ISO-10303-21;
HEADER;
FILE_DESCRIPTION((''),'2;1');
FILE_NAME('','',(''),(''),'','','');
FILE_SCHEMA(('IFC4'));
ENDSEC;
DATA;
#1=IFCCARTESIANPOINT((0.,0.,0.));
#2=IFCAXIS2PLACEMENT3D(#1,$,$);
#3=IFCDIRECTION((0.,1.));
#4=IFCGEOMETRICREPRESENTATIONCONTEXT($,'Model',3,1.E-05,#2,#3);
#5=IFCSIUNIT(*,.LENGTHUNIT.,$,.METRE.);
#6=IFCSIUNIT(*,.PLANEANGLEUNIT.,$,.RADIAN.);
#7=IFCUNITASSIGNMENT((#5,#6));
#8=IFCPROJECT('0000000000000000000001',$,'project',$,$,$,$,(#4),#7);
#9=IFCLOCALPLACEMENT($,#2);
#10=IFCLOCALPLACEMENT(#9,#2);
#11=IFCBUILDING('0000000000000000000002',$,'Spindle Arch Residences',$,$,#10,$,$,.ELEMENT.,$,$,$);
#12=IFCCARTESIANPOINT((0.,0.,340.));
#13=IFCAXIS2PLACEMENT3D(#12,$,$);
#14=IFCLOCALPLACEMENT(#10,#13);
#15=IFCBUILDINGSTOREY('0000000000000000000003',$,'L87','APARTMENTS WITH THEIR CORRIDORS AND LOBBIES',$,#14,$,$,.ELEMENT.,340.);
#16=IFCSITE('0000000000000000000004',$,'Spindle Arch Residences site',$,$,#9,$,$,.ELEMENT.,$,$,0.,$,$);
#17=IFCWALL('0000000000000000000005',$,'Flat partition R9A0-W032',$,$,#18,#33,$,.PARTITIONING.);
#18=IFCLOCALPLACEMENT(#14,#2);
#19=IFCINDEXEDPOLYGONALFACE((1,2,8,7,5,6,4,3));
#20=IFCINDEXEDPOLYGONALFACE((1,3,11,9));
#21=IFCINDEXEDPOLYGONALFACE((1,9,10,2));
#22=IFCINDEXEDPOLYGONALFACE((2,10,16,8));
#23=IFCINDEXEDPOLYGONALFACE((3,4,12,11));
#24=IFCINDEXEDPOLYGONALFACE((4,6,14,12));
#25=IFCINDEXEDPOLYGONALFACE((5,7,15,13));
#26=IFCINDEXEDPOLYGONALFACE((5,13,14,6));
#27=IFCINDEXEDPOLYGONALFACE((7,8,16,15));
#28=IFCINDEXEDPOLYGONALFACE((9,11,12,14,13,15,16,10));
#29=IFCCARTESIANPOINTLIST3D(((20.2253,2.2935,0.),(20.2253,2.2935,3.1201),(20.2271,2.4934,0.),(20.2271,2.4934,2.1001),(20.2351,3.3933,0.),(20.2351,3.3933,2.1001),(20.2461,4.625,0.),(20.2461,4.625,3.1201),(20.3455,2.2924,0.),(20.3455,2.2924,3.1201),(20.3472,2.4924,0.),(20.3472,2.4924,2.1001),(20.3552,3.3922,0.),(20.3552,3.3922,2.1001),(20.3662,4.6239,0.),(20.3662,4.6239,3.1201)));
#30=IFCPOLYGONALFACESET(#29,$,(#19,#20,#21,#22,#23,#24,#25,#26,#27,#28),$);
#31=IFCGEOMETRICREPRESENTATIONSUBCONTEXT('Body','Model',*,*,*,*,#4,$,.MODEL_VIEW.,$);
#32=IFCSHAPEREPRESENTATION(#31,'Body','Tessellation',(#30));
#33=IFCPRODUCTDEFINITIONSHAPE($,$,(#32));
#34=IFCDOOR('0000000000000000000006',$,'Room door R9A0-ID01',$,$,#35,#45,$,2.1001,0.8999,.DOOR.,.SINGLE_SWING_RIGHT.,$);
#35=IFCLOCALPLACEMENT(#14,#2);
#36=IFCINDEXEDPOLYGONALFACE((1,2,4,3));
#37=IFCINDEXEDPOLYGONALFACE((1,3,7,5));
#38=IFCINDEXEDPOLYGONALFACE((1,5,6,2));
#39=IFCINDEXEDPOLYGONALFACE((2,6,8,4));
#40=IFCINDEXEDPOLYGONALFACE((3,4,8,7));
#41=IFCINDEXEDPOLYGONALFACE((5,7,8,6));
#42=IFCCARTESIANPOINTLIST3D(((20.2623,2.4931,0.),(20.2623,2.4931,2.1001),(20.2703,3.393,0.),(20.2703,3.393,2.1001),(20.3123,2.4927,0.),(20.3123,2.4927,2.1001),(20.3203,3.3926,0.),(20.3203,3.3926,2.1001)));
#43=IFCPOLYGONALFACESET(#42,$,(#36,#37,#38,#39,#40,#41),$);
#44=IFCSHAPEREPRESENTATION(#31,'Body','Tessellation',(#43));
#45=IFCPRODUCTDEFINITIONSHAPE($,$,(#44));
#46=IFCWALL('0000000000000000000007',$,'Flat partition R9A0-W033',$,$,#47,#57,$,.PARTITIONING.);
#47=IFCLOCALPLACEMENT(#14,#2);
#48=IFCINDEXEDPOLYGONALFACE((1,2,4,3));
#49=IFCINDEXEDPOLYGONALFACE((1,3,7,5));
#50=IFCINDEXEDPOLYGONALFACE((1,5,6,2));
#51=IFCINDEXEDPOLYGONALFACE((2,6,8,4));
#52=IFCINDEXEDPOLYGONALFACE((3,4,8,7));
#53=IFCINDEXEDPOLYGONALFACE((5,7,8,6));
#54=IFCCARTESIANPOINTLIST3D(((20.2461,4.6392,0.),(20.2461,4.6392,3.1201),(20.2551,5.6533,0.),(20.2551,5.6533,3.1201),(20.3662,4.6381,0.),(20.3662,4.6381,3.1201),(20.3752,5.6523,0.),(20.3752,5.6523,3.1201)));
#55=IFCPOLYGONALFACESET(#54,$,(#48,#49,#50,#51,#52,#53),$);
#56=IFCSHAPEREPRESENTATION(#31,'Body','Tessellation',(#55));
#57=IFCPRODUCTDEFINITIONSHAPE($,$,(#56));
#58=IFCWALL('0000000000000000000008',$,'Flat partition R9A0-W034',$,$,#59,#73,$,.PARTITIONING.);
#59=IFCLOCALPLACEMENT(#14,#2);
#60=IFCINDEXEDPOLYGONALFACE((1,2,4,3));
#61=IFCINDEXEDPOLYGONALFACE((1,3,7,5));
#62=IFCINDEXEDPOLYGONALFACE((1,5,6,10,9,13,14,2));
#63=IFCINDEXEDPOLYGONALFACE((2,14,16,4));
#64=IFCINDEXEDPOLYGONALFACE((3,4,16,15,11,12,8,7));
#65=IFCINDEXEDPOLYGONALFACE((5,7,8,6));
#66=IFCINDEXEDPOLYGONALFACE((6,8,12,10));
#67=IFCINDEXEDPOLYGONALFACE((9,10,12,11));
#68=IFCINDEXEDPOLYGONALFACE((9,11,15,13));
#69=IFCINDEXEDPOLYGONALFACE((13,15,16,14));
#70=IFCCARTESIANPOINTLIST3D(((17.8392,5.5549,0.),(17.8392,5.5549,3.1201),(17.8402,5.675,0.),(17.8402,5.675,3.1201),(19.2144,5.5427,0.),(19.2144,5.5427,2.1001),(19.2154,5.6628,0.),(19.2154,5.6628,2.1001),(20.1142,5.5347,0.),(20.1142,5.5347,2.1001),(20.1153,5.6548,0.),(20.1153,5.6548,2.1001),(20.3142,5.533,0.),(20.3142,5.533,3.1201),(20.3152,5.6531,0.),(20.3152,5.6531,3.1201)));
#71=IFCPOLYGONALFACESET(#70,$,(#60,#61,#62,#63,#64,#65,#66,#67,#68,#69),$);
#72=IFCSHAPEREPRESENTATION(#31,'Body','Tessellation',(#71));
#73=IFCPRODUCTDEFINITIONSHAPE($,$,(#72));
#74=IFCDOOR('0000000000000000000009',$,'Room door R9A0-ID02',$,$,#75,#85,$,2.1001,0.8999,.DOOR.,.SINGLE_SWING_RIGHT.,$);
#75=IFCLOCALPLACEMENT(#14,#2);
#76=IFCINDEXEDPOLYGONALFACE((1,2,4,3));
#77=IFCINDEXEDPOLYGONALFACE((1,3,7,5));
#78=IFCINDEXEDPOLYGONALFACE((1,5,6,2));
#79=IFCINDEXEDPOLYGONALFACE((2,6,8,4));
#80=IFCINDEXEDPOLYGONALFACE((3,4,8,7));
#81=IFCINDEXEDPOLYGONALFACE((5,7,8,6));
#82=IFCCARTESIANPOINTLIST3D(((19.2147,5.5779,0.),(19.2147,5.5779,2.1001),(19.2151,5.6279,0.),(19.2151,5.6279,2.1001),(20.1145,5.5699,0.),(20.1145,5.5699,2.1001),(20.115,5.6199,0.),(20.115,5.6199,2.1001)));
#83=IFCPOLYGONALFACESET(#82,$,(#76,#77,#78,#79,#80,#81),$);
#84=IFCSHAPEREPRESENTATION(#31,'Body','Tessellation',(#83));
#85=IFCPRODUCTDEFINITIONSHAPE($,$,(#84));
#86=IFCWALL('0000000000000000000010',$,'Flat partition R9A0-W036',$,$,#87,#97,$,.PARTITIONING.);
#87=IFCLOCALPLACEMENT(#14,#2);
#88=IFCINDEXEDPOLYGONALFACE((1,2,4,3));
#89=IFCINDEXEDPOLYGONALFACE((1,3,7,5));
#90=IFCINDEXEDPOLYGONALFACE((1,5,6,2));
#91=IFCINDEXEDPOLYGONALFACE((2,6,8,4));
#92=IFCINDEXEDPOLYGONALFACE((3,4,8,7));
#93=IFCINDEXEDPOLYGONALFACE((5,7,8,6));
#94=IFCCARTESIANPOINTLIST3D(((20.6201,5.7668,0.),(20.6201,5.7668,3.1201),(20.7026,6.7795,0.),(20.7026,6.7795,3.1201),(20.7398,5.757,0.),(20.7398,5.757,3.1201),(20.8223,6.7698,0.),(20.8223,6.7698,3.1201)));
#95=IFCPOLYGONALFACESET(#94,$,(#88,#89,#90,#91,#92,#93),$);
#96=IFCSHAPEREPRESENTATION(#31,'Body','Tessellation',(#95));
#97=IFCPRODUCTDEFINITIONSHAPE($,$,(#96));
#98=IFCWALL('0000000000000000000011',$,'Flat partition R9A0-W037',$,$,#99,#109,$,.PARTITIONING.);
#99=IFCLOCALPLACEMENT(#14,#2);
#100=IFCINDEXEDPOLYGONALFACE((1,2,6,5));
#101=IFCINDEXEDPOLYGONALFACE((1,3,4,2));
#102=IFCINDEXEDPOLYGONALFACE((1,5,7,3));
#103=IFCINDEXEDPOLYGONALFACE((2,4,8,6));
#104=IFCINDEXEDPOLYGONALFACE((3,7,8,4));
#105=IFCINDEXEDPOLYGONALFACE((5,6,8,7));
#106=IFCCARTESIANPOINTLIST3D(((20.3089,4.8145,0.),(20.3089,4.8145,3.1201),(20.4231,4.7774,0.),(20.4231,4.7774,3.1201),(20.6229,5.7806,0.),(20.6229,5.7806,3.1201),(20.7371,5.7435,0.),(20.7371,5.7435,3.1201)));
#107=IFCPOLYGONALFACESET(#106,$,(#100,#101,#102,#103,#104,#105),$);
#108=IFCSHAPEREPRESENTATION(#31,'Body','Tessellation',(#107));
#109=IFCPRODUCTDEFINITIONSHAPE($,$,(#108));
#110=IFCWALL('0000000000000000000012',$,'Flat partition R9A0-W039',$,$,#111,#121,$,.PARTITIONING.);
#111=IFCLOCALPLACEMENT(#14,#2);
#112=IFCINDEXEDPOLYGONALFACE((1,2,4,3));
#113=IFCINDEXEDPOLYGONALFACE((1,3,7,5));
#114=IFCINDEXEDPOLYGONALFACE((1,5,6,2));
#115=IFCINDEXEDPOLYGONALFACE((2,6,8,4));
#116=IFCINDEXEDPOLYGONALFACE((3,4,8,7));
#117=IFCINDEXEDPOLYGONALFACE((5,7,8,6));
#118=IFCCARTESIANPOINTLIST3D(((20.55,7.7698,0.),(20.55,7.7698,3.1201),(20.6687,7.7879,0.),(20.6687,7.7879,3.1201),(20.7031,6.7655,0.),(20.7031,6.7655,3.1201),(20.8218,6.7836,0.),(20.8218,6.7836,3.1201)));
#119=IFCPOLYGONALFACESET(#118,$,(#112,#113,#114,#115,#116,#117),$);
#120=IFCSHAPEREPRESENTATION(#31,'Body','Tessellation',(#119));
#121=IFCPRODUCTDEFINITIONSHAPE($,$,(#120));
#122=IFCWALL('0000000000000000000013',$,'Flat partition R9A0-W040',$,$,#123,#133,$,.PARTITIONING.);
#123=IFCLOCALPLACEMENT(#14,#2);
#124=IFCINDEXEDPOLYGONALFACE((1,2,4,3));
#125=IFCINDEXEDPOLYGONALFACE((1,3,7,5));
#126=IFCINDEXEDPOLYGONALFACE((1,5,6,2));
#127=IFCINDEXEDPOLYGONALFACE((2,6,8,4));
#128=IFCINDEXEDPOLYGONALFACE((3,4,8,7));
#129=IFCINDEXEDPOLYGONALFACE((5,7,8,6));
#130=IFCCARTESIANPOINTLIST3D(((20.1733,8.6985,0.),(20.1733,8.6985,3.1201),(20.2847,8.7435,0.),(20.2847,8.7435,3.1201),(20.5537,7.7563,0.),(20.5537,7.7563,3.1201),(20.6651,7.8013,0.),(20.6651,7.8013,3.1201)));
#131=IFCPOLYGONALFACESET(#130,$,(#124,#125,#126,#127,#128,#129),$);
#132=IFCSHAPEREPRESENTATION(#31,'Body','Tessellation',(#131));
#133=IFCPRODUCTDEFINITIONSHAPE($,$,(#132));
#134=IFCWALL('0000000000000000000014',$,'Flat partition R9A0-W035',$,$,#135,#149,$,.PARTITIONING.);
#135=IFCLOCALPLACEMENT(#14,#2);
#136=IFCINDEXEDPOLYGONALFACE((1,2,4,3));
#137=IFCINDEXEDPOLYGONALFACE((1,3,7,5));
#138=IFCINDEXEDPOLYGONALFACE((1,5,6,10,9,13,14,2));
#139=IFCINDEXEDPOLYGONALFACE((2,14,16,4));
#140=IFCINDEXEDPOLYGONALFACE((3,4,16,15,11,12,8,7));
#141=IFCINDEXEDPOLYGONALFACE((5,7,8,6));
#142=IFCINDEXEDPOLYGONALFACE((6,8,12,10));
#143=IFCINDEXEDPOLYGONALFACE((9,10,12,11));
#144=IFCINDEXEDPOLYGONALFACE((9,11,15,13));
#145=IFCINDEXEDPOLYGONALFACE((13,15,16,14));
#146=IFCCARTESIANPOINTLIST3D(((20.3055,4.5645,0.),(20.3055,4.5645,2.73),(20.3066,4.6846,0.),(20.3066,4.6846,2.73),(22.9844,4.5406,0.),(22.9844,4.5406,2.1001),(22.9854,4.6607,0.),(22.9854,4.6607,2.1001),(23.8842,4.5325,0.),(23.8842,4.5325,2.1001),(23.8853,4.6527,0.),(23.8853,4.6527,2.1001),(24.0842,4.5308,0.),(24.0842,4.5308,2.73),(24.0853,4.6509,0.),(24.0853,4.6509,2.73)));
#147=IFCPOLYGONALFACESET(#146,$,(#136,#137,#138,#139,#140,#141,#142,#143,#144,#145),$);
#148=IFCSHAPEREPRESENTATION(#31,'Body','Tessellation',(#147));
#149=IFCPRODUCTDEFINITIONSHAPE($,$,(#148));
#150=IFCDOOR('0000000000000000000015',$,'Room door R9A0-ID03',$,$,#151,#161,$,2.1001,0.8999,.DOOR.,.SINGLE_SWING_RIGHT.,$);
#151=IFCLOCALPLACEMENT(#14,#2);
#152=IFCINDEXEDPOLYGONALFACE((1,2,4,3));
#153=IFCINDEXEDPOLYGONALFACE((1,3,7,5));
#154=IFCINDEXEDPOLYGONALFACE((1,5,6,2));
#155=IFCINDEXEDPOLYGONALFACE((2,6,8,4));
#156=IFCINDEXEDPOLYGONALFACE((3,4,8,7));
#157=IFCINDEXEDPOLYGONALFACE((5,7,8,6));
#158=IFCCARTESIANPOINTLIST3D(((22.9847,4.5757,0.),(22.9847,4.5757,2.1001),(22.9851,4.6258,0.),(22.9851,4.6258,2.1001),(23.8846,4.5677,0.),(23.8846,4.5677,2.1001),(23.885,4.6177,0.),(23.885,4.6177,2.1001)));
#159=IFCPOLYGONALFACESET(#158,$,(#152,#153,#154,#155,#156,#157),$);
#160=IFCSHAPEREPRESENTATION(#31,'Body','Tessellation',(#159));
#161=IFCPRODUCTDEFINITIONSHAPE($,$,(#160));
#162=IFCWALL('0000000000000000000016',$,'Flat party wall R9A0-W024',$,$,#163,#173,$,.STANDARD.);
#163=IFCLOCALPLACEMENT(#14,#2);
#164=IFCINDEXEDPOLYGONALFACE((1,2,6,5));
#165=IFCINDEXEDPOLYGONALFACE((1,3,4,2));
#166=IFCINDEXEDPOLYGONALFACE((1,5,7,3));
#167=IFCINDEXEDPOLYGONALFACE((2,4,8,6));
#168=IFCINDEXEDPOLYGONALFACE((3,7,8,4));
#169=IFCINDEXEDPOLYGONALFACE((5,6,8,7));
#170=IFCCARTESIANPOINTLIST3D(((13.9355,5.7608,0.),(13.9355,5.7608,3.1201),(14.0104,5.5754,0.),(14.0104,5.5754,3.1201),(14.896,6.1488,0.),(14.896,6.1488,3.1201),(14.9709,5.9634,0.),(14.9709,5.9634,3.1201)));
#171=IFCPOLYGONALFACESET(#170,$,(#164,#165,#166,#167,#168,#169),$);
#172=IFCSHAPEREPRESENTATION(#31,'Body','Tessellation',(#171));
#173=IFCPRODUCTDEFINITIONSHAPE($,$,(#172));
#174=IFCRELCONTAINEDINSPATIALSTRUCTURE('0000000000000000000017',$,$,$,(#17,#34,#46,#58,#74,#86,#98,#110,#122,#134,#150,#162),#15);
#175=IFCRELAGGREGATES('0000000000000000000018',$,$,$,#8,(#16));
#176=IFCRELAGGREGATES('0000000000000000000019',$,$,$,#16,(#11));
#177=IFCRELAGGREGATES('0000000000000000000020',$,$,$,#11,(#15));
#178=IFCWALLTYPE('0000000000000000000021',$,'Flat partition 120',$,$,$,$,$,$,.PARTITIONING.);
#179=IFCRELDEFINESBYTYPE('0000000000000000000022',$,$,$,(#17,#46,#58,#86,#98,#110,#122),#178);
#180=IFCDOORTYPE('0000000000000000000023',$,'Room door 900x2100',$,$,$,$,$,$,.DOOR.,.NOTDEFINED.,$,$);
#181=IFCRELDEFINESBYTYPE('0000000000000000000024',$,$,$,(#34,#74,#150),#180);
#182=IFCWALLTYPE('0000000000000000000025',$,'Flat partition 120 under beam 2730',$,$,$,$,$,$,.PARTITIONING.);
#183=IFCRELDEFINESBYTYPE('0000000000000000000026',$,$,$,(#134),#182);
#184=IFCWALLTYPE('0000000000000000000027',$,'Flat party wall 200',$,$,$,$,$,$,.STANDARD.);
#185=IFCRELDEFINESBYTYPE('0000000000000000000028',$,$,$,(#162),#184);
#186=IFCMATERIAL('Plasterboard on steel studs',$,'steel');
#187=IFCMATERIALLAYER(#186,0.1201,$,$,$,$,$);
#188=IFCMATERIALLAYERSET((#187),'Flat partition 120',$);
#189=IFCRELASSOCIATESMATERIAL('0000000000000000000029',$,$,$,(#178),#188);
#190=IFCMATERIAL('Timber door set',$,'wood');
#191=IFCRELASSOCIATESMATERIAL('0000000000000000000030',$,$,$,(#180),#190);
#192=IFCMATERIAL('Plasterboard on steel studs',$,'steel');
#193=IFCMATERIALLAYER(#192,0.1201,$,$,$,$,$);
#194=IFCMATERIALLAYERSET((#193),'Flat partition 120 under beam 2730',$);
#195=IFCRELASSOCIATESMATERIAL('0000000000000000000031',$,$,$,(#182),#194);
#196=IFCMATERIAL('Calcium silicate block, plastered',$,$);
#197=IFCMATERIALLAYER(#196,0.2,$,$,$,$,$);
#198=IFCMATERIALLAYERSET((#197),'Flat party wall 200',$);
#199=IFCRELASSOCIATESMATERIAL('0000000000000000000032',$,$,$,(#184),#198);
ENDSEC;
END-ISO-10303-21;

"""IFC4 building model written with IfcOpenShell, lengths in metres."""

from ifc_helpers import new_model, si_unit, direction, frame, frame_2d, origin, place, context, subcontext, project, spatial, rectangle, extrude, material, layer, layer_set, type_object, element, fill, save


model = new_model("IFC4")

# Units and contexts
model_context = context("Model", 3, precision=1e-05, world=origin(), true_north=direction((0.0, 1.0)))
body_context = subcontext(model_context, "Body", "Model", "MODEL_VIEW")
ifc_project = project(units=[si_unit("LENGTHUNIT", "METRE"), si_unit("PLANEANGLEUNIT", "RADIAN")], contexts=[model_context])

# Site, building, storey
site_placement = place(None, origin())
site = spatial("IfcSite", under=ifc_project, at=site_placement, Name="Spindle Arch Residences site", CompositionType="ELEMENT", RefElevation=0.0)
building_placement = place(site_placement, origin())
building = spatial("IfcBuilding", under=site, at=building_placement, Name="Spindle Arch Residences", CompositionType="ELEMENT")
storey_placement = place(building_placement, frame((0.0, 0.0, 340.0)))
storey = spatial("IfcBuildingStorey", under=building, at=storey_placement, Name="L87", Description="APARTMENTS WITH THEIR CORRIDORS AND LOBBIES", CompositionType="ELEMENT", Elevation=340.0)

# Shared definitions
ifc_material_1 = material(Name="Plasterboard on steel studs", Category="steel")
ifc_layer_1 = layer(ifc_material_1, 0.1201)
ifc_layer_set_1 = layer_set([ifc_layer_1], Name="Flat partition 120")
wall_type_1 = type_object("IfcWallType", Name="Flat partition 120", PredefinedType="PARTITIONING", material=ifc_layer_set_1)

# Wall, opening, door
wall_1_placement = place(storey_placement, frame((20.2854, 2.293, 0.0), z_axis=(0.0, 0.0, 1.0), x_axis=(0.0089, 0.99996, 0.0)))
wall_1 = element("IfcWall", 1, at=wall_1_placement, inside=storey, type_object=wall_type_1, Name="Flat partition R9A0-W032", PredefinedType="PARTITIONING", context=body_context, shape_type="SweptSolid", body=[
    extrude(rectangle(XDim=2.3315, YDim=0.1201, at=frame_2d((1.1658, 0.0))), origin(), (0.0, 0.0, 1.0), 3.1201),
])
opening_1_placement = place(wall_1_placement, frame((0.2, 0.0, 0.0)))
opening_1 = element("IfcOpeningElement", 2, at=opening_1_placement, cuts=wall_1, PredefinedType="OPENING", context=body_context, shape_type="SweptSolid", body=[
    extrude(rectangle(XDim=0.8999, YDim=2.1001, at=frame_2d((0.45, 1.05))), frame((0.0, 0.0701, 0.0), z_axis=(0.0, -1.0, 0.0), x_axis=(1.0, 0.0, 0.0)), (0.0, 0.0, 1.0), 0.1401),
])
ifc_material_2 = material(Name="Timber door set", Category="wood")
door_type = type_object("IfcDoorType", Name="Room door 900x2100", OperationType="NOTDEFINED", PredefinedType="DOOR", material=ifc_material_2)
door_1_placement = place(opening_1_placement, origin())
door_1 = element("IfcDoor", 3, at=door_1_placement, inside=storey, type_object=door_type, Name="Room door R9A0-ID01", OperationType="SINGLE_SWING_RIGHT", OverallHeight=2.1001, OverallWidth=0.8999, PredefinedType="DOOR", context=body_context, shape_type="SweptSolid", body=[
    extrude(rectangle(XDim=0.8999, YDim=2.1001, at=frame_2d((0.45, 1.05))), frame((0.0, 0.0249, 0.0), z_axis=(0.0, -1.0, 0.0), x_axis=(1.0, 0.0, 0.0)), (0.0, 0.0, 1.0), 0.05),
])
fill(opening_1, door_1)

# Wall
wall_2_placement = place(storey_placement, frame((20.3062, 4.6387, 0.0), z_axis=(0.0, 0.0, 1.0), x_axis=(0.008907, 0.99996, 0.0)))
element("IfcWall", 4, at=wall_2_placement, inside=storey, type_object=wall_type_1, Name="Flat partition R9A0-W033", PredefinedType="PARTITIONING", context=body_context, shape_type="SweptSolid", body=[
    extrude(rectangle(XDim=1.0142, YDim=0.1201, at=frame_2d((0.5071, 0.0))), origin(), (0.0, 0.0, 1.0), 3.1201),
])

# Wall, opening, door
wall_3_placement = place(storey_placement, frame((20.3147, 5.593, 0.0), z_axis=(0.0, 0.0, 1.0), x_axis=(-0.999961, 0.008877, 0.0)))
wall_3 = element("IfcWall", 5, at=wall_3_placement, inside=storey, type_object=wall_type_1, Name="Flat partition R9A0-W034", PredefinedType="PARTITIONING", context=body_context, shape_type="SweptSolid", body=[
    extrude(rectangle(XDim=2.4751, YDim=0.1201, at=frame_2d((1.2375, 0.0))), origin(), (0.0, 0.0, 1.0), 3.1201),
])
opening_2_placement = place(wall_3_placement, frame((0.2, 0.0, 0.0)))
opening_2 = element("IfcOpeningElement", 6, at=opening_2_placement, cuts=wall_3, PredefinedType="OPENING", context=body_context, shape_type="SweptSolid", body=[
    extrude(rectangle(XDim=0.8999, YDim=2.1001, at=frame_2d((0.45, 1.05))), frame((0.0, 0.0701, 0.0), z_axis=(0.0, -1.0, 0.0), x_axis=(1.0, 0.0, 0.0)), (0.0, 0.0, 1.0), 0.1401),
])
door_2_placement = place(opening_2_placement, origin())
door_2 = element("IfcDoor", 7, at=door_2_placement, inside=storey, type_object=door_type, Name="Room door R9A0-ID02", OperationType="SINGLE_SWING_RIGHT", OverallHeight=2.1001, OverallWidth=0.8999, PredefinedType="DOOR", context=body_context, shape_type="SweptSolid", body=[
    extrude(rectangle(XDim=0.8999, YDim=2.1001, at=frame_2d((0.45, 1.05))), frame((0.0, 0.0249, 0.0), z_axis=(0.0, -1.0, 0.0), x_axis=(1.0, 0.0, 0.0)), (0.0, 0.0, 1.0), 0.05),
])
fill(opening_2, door_2)

# Walls
wall_4_placement = place(storey_placement, frame((20.7625, 6.7747, 0.0), z_axis=(0.0, 0.0, 1.0), x_axis=(-0.081216, -0.996697, 0.0)))
element("IfcWall", 8, at=wall_4_placement, inside=storey, type_object=wall_type_1, Name="Flat partition R9A0-W036", PredefinedType="PARTITIONING", context=body_context, shape_type="SweptSolid", body=[
    extrude(rectangle(XDim=1.0161, YDim=0.1201, at=frame_2d((0.5081, 0.0))), origin(), (0.0, 0.0, 1.0), 3.1201),
])
for number, where, z_axis, x_axis, name in (
    (9, (20.6799, 5.762, 0.0), (0.0, 0.0, 1.0), (-0.309081, -0.951036, 0.0), "Flat partition R9A0-W037"),
    (10, (20.7625, 6.7747, 0.0), (0.0, 0.0, 1.0), (-0.150702, 0.988579, 0.0), "Flat partition R9A0-W039"),
):
    element("IfcWall", number, at=place(storey_placement, frame(where, z_axis=z_axis, x_axis=x_axis)), inside=storey, type_object=wall_type_1, Name=name, PredefinedType="PARTITIONING", context=body_context, shape_type="SweptSolid", body=[
        extrude(rectangle(XDim=1.0159, YDim=0.1201, at=frame_2d((0.5078, 0.0))), origin(), (0.0, 0.0, 1.0), 3.1201),
    ])
wall_5_placement = place(storey_placement, frame((20.6094, 7.7788, 0.0), z_axis=(0.0, 0.0, 1.0), x_axis=(-0.374372, 0.927279, 0.0)))
element("IfcWall", 11, at=wall_5_placement, inside=storey, type_object=wall_type_1, Name="Flat partition R9A0-W040", PredefinedType="PARTITIONING", context=body_context, shape_type="SweptSolid", body=[
    extrude(rectangle(XDim=1.0161, YDim=0.1201, at=frame_2d((0.5081, 0.0))), origin(), (0.0, 0.0, 1.0), 3.1201),
])

# Wall, opening, door
ifc_material_3 = material(Name="Plasterboard on steel studs", Category="steel")
ifc_layer_2 = layer(ifc_material_3, 0.1201)
ifc_layer_set_2 = layer_set([ifc_layer_2], Name="Flat partition 120 under beam 2730")
wall_type_2 = type_object("IfcWallType", Name="Flat partition 120 under beam 2730", PredefinedType="PARTITIONING", material=ifc_layer_set_2)
wall_6_placement = place(storey_placement, frame((24.0847, 4.5908, 0.0), z_axis=(0.0, 0.0, 1.0), x_axis=(-0.99996, 0.008916, 0.0)))
wall_6 = element("IfcWall", 12, at=wall_6_placement, inside=storey, type_object=wall_type_2, Name="Flat partition R9A0-W035", PredefinedType="PARTITIONING", context=body_context, shape_type="SweptSolid", body=[
    extrude(rectangle(XDim=3.7788, YDim=0.1201, at=frame_2d((1.8894, 0.0))), origin(), (0.0, 0.0, 1.0), 2.73),
])
opening_3_placement = place(wall_6_placement, frame((0.2, 0.0, 0.0)))
opening_3 = element("IfcOpeningElement", 13, at=opening_3_placement, cuts=wall_6, PredefinedType="OPENING", context=body_context, shape_type="SweptSolid", body=[
    extrude(rectangle(XDim=0.8999, YDim=2.1001, at=frame_2d((0.45, 1.05))), frame((0.0, 0.0701, 0.0), z_axis=(0.0, -1.0, 0.0), x_axis=(1.0, 0.0, 0.0)), (0.0, 0.0, 1.0), 0.1401),
])
door_3_placement = place(opening_3_placement, origin())
door_3 = element("IfcDoor", 14, at=door_3_placement, inside=storey, type_object=door_type, Name="Room door R9A0-ID03", OperationType="SINGLE_SWING_RIGHT", OverallHeight=2.1001, OverallWidth=0.8999, PredefinedType="DOOR", context=body_context, shape_type="SweptSolid", body=[
    extrude(rectangle(XDim=0.8999, YDim=2.1001, at=frame_2d((0.45, 1.05))), frame((0.0, 0.0249, 0.0), z_axis=(0.0, -1.0, 0.0), x_axis=(1.0, 0.0, 0.0)), (0.0, 0.0, 1.0), 0.05),
])
fill(opening_3, door_3)

# Wall
ifc_material_4 = material(Name="Calcium silicate block, plastered")
ifc_layer_3 = layer(ifc_material_4, 0.2)
ifc_layer_set_3 = layer_set([ifc_layer_3], Name="Flat party wall 200")
wall_type_3 = type_object("IfcWallType", Name="Flat party wall 200", PredefinedType="STANDARD", material=ifc_layer_set_3)
wall_7_placement = place(storey_placement, frame((14.9336, 6.0562, 0.0), z_axis=(0.0, 0.0, 1.0), x_axis=(-0.92722, -0.374518, 0.0)))
element("IfcWall", 15, at=wall_7_placement, inside=storey, type_object=wall_type_3, Name="Flat party wall R9A0-W024", PredefinedType="STANDARD", context=body_context, shape_type="SweptSolid", body=[
    extrude(rectangle(XDim=1.0359, YDim=0.2, at=frame_2d((0.5181, 0.0))), origin(), (0.0, 0.0, 1.0), 3.1201),
])

save(model, "model.ifc")
